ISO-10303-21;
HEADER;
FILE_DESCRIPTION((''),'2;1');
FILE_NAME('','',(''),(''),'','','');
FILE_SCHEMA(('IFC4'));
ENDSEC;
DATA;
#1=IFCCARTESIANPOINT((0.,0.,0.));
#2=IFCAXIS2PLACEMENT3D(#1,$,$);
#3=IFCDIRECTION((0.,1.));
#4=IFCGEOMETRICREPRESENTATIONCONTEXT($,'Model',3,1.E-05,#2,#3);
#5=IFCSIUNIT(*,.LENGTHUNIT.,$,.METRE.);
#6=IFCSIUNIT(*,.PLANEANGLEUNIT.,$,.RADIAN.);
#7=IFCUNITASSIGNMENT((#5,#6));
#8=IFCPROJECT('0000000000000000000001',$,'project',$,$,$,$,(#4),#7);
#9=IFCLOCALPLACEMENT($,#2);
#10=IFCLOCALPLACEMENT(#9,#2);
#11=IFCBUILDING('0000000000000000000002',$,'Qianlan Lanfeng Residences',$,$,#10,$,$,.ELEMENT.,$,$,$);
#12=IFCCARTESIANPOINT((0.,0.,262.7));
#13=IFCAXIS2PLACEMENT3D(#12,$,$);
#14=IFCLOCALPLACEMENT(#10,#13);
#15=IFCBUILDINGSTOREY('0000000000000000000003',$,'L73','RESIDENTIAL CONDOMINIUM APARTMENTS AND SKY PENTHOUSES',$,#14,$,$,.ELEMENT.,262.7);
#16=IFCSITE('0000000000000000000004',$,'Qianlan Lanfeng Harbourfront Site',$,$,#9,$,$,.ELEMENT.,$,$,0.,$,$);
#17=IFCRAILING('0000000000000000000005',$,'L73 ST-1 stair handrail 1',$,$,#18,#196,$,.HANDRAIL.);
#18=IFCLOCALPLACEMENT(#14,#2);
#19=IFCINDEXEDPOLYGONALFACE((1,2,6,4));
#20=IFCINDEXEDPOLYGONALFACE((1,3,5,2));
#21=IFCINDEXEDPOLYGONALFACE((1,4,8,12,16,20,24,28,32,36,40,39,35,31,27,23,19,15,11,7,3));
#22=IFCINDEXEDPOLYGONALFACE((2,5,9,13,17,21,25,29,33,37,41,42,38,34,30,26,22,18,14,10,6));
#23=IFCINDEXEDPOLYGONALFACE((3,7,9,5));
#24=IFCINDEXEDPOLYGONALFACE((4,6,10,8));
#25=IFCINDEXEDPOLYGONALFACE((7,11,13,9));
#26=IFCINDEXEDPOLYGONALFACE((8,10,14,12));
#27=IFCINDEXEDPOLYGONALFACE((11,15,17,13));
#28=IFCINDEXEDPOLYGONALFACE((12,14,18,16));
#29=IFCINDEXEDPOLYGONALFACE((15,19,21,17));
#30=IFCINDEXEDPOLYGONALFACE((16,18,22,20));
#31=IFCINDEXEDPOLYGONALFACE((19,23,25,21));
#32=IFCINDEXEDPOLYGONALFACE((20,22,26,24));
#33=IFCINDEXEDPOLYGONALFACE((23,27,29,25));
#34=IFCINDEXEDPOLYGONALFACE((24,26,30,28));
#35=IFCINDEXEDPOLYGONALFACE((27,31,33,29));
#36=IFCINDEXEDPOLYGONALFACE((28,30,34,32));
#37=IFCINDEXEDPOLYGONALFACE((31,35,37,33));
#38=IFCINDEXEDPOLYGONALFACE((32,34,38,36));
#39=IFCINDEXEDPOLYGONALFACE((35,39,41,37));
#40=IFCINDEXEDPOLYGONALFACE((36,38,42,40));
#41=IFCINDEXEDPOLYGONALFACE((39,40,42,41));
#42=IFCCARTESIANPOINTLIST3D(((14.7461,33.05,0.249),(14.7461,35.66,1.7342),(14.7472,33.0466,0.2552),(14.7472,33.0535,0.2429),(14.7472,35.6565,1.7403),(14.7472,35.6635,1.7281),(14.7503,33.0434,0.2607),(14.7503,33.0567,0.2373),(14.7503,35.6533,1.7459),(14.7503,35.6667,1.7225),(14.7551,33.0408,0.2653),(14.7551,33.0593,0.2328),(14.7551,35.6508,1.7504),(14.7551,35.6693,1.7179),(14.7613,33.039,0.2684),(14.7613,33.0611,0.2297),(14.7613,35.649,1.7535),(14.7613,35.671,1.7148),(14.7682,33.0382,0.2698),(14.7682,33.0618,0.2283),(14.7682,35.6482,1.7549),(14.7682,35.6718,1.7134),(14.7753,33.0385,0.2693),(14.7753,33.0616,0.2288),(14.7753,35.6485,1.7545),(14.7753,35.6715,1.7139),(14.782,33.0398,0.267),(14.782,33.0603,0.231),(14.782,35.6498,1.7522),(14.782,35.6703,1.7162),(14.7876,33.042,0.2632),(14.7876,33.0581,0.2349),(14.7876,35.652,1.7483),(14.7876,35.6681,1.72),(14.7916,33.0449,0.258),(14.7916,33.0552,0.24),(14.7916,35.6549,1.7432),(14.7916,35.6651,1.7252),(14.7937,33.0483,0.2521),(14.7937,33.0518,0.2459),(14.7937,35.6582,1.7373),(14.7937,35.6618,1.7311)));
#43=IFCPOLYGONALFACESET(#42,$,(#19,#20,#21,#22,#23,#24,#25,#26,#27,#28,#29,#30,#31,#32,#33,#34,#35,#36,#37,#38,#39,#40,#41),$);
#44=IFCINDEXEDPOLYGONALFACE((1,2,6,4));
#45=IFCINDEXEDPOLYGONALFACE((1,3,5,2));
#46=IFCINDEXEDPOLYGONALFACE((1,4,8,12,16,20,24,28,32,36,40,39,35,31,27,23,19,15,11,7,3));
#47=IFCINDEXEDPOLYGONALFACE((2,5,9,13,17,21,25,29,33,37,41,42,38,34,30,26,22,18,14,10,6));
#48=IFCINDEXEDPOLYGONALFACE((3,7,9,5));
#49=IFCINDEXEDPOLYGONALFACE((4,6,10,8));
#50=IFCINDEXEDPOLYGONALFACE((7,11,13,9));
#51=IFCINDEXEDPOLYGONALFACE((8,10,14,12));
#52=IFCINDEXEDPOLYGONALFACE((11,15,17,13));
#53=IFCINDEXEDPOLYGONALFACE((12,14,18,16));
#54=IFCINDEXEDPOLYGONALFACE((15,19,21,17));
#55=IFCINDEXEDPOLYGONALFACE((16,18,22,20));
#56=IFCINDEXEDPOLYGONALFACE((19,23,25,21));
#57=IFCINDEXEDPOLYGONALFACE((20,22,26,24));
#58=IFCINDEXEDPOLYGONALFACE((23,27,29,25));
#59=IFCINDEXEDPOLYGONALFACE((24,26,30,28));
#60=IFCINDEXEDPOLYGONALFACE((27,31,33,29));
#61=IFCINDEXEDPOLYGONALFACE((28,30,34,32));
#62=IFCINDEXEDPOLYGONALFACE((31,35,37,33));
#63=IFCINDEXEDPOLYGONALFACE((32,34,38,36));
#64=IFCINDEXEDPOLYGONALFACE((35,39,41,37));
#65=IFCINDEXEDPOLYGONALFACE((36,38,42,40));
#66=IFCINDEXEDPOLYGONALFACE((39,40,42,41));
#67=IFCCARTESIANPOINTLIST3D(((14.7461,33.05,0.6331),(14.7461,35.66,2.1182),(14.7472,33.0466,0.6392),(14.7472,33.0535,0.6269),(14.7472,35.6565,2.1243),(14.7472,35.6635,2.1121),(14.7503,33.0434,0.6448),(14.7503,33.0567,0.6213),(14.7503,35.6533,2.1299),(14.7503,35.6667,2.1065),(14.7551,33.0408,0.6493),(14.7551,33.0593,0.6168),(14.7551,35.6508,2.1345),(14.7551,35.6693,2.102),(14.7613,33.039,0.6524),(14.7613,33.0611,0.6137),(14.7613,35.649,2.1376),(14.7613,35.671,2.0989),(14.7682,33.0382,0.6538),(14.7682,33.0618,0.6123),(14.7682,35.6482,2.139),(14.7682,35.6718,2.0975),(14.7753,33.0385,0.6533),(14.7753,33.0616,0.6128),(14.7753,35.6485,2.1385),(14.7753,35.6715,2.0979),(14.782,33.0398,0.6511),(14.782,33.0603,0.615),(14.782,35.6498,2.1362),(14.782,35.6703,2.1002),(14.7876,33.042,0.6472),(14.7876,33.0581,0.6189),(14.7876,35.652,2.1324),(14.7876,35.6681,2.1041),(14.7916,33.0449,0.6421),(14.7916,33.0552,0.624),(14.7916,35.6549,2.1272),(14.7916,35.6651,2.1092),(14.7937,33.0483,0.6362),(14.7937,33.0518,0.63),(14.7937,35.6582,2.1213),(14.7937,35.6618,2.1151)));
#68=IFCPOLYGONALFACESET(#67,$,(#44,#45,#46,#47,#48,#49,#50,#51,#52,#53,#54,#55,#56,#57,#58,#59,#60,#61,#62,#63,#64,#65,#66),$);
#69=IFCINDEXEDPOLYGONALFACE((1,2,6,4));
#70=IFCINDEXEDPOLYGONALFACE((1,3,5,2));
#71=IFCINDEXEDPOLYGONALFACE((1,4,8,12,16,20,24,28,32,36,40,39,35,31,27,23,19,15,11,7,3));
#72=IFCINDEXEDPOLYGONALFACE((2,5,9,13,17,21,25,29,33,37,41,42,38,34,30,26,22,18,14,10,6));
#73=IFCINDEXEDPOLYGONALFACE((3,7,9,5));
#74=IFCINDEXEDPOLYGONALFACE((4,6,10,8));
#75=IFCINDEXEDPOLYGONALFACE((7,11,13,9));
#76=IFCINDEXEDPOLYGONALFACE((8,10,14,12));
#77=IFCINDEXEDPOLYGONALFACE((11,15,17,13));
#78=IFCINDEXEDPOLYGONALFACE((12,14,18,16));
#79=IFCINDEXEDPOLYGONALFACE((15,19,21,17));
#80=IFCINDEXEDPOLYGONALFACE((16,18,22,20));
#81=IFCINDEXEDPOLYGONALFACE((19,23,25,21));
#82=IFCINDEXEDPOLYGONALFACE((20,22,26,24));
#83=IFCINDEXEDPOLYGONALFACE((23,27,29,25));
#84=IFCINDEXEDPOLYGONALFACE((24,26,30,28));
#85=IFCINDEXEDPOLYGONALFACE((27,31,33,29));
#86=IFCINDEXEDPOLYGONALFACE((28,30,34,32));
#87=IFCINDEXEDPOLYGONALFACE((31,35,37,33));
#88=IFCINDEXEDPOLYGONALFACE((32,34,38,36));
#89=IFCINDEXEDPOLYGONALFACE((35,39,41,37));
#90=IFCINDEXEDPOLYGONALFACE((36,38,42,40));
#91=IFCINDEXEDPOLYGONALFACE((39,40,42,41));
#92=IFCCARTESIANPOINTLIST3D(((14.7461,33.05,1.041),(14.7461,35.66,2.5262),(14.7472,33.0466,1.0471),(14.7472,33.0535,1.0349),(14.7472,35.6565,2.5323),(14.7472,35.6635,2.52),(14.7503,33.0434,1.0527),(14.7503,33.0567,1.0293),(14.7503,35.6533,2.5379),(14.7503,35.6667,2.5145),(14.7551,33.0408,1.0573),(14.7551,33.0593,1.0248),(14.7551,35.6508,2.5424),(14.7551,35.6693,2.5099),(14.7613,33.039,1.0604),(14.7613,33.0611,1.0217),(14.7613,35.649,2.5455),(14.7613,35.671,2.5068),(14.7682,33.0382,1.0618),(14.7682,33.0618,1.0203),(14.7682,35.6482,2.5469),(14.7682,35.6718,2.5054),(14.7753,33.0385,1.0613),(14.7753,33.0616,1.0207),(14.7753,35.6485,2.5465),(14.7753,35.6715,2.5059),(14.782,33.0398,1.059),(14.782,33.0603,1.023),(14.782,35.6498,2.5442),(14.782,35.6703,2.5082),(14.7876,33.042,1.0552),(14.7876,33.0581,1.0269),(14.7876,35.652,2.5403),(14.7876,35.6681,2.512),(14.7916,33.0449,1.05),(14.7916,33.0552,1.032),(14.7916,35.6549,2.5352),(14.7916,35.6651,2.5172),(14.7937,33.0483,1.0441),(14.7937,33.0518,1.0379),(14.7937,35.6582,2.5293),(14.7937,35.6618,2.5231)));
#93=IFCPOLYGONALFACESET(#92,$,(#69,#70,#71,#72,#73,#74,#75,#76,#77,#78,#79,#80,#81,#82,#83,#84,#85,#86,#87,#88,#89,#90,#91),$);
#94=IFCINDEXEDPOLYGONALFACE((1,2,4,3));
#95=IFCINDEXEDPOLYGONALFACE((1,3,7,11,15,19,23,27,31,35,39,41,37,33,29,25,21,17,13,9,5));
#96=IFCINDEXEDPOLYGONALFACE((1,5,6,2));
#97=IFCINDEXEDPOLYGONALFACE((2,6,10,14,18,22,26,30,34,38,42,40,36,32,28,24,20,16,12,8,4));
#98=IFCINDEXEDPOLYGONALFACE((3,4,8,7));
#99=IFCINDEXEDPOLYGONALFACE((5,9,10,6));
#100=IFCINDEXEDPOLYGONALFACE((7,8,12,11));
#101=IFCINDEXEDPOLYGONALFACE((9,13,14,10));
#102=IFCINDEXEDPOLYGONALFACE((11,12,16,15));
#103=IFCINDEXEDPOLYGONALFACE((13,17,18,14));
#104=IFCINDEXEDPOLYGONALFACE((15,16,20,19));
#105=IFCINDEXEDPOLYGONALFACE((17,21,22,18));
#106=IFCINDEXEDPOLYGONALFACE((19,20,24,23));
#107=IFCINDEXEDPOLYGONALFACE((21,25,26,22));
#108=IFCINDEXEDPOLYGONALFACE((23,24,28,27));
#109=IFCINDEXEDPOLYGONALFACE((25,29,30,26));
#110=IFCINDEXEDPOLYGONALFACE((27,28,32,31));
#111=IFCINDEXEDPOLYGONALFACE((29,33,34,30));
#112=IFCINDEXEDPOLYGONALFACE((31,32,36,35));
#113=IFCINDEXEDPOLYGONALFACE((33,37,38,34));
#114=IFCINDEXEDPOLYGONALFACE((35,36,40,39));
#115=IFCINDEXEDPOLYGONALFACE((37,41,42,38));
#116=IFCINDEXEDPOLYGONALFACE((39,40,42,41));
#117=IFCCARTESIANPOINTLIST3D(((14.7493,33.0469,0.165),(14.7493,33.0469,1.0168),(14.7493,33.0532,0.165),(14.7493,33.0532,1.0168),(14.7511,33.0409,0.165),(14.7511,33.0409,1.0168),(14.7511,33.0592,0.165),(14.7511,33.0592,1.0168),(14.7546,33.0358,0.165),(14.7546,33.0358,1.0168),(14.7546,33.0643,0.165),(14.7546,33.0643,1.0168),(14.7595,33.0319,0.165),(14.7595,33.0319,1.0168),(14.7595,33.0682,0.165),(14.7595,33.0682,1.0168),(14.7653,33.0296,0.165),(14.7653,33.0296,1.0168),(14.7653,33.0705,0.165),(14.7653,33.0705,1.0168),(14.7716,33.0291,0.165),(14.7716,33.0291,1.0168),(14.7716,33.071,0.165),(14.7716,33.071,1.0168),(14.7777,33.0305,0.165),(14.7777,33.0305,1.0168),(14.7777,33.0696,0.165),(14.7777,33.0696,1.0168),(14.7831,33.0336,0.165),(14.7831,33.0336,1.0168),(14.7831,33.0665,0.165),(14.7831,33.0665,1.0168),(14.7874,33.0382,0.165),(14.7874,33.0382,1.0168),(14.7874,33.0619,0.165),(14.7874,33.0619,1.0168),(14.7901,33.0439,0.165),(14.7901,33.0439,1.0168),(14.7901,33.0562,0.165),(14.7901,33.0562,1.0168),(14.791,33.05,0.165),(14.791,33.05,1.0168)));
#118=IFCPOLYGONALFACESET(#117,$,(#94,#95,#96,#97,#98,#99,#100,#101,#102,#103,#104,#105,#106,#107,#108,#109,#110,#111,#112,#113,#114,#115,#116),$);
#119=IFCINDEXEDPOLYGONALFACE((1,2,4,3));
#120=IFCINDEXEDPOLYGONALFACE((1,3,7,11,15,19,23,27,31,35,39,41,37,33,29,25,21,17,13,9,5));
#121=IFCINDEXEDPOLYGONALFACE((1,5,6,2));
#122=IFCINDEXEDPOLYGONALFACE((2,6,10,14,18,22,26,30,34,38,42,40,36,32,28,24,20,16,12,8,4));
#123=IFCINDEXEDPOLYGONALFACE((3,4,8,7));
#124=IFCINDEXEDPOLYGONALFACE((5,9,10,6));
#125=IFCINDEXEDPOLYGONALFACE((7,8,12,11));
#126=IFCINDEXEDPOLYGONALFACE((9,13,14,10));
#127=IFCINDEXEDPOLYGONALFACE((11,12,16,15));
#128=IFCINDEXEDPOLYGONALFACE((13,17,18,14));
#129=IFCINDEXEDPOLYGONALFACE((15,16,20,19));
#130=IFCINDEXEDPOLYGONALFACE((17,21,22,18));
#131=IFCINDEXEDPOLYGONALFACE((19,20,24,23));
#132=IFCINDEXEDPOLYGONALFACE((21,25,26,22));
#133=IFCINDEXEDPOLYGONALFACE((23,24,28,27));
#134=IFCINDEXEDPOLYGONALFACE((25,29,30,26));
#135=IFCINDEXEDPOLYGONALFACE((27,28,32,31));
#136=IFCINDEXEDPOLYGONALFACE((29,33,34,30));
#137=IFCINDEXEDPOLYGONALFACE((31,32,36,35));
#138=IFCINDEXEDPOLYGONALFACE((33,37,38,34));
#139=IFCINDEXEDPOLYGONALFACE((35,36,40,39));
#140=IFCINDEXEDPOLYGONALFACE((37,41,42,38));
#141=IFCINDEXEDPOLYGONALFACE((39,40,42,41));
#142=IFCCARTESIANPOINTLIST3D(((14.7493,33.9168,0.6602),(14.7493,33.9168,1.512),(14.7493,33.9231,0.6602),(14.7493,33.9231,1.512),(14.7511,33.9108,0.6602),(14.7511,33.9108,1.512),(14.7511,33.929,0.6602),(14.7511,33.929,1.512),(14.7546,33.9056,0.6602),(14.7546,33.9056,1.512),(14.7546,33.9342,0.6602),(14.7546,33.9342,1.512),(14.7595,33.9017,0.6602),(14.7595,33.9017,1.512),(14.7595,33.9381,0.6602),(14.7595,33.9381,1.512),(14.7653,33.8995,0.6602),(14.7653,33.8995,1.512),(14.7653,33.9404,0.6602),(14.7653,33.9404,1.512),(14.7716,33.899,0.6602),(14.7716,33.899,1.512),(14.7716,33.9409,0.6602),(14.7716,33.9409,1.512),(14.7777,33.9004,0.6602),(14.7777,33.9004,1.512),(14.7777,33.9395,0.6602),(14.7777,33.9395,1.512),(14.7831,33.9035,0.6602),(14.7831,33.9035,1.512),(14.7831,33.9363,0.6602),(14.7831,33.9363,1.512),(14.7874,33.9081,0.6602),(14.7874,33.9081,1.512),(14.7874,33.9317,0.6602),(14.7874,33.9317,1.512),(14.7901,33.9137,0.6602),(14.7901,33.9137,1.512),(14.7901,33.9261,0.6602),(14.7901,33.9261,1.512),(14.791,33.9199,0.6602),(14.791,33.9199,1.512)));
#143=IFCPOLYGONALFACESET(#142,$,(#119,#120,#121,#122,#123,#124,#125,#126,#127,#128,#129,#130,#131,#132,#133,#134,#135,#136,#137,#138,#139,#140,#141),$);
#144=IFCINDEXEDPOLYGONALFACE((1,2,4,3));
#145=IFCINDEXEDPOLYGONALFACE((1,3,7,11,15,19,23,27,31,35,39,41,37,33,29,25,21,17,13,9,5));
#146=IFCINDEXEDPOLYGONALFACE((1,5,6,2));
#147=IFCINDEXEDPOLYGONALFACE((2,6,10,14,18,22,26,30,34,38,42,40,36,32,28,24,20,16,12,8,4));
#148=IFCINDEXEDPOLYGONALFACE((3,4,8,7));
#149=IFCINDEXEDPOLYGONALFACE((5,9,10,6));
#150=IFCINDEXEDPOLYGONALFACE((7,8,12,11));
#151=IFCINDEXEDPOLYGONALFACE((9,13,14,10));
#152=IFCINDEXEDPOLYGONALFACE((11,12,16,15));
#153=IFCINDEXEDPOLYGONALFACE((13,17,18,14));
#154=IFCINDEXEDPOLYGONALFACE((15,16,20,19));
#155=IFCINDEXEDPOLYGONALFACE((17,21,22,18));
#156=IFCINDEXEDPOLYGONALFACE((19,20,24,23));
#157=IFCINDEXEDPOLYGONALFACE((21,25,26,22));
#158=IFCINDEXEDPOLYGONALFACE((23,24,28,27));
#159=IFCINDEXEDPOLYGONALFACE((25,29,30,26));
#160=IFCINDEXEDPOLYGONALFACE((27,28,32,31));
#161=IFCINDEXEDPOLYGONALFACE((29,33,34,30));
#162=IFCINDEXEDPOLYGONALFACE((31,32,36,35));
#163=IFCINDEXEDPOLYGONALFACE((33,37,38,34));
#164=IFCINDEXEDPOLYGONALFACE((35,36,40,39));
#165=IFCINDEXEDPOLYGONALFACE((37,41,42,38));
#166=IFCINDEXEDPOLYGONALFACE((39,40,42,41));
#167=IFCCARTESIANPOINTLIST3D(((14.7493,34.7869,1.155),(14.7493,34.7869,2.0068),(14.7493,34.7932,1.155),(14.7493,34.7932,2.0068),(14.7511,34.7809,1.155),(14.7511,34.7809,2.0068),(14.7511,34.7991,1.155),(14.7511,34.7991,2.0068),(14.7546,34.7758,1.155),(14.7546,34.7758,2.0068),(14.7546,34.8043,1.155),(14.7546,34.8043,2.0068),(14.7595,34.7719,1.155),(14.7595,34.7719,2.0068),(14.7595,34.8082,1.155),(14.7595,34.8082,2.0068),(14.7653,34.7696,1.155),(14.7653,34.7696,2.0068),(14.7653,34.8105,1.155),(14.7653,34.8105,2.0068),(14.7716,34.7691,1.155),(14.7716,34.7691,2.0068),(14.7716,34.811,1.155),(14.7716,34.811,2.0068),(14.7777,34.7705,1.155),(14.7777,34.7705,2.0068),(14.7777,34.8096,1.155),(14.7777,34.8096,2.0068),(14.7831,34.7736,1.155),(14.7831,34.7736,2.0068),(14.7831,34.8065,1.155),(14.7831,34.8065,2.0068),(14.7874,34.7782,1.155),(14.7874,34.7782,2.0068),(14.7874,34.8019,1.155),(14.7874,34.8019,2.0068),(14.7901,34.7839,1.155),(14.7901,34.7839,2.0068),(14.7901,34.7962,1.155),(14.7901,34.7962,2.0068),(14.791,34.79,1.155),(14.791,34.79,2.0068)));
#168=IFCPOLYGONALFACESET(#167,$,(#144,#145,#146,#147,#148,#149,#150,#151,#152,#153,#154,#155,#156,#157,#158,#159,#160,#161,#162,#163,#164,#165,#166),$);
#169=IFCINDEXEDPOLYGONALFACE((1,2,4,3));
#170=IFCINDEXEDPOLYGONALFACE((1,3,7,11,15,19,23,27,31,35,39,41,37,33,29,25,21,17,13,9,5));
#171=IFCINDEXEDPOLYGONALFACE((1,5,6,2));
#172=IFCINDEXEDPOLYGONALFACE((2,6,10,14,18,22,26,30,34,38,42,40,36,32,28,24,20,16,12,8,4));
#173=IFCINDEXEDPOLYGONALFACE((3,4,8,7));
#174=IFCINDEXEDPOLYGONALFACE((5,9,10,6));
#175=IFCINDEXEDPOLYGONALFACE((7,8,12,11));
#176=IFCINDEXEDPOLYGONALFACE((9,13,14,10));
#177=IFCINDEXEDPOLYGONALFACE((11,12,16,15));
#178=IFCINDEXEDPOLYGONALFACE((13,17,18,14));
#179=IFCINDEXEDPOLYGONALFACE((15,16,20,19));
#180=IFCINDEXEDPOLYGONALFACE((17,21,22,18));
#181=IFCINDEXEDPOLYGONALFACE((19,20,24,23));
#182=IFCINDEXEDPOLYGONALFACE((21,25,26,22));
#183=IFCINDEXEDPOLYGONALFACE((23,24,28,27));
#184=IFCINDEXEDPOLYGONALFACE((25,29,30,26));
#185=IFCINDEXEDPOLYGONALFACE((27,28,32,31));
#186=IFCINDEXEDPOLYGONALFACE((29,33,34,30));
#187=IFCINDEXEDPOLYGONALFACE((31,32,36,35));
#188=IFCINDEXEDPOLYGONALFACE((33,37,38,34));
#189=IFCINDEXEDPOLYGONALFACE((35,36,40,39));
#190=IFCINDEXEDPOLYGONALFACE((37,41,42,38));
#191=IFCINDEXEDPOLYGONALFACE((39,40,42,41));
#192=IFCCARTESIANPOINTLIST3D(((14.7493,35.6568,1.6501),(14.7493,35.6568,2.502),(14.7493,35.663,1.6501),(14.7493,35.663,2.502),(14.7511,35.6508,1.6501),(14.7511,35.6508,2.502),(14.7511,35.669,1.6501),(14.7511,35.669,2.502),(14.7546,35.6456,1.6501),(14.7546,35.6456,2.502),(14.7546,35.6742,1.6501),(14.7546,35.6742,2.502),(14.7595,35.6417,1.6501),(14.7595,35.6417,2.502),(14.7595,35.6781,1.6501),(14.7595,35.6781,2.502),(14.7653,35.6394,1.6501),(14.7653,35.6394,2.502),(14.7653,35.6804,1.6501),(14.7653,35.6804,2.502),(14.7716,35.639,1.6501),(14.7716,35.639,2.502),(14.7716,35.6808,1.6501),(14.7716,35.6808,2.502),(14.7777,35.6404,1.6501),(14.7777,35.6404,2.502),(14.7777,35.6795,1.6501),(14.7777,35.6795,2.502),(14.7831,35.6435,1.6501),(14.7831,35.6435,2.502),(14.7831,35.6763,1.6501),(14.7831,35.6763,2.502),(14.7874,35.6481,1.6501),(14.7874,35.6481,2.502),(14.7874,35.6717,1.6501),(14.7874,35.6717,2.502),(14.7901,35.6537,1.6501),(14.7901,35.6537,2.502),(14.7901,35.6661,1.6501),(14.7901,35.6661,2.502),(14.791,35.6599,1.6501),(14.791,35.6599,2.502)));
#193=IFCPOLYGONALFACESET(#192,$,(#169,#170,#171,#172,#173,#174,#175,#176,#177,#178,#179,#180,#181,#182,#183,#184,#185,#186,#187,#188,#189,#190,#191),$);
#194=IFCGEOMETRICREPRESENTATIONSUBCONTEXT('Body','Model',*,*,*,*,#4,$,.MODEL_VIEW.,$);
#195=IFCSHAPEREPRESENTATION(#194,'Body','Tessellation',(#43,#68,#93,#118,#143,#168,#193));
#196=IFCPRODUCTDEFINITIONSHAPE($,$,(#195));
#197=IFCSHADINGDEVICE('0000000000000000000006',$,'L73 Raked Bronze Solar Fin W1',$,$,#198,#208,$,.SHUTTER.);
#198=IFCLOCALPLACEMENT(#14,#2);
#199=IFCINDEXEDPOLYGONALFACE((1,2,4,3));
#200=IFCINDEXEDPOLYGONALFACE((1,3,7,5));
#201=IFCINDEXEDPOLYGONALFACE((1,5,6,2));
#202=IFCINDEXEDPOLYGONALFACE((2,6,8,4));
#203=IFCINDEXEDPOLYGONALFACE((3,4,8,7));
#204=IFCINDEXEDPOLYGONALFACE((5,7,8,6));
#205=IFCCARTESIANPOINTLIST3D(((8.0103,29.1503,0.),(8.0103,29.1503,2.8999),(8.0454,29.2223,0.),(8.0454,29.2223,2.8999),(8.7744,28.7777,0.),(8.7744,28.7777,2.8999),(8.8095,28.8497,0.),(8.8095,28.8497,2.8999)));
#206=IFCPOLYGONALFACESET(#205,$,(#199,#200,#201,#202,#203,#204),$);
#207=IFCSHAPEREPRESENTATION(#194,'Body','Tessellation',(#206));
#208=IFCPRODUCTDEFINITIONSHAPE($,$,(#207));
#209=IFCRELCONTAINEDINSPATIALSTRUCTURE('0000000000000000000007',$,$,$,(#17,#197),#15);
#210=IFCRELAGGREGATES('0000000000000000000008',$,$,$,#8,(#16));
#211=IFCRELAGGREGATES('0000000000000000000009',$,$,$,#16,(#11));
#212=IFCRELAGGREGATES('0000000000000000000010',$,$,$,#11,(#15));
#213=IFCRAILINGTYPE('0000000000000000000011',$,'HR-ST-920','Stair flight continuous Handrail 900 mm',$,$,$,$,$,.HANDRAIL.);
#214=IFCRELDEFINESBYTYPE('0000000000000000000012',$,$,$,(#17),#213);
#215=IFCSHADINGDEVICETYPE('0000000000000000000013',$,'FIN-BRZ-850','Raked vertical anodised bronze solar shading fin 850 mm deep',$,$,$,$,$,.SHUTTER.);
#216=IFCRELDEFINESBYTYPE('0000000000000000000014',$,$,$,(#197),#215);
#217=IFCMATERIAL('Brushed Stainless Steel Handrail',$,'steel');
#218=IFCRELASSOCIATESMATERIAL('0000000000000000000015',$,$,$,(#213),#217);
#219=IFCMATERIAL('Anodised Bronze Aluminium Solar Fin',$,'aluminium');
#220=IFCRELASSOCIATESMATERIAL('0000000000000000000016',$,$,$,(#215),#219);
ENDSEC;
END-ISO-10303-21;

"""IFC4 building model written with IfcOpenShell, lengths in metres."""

from ifc_helpers import new_model, si_unit, direction, frame, origin, origin_2d, place, context, subcontext, project, spatial, rectangle, circle, extrude, source, transform, mapped, material, type_object, element, save


model = new_model("IFC4")

# Units and contexts
model_context = context("Model", 3, precision=1e-05, world=origin(), true_north=direction((0.0, 1.0)))
body_context = subcontext(model_context, "Body", "Model", "MODEL_VIEW")
ifc_project = project(units=[si_unit("LENGTHUNIT", "METRE"), si_unit("PLANEANGLEUNIT", "RADIAN")], contexts=[model_context])

# Site, building, storey
site_placement = place(None, origin())
site = spatial("IfcSite", under=ifc_project, at=site_placement, Name="Qianlan Lanfeng Harbourfront Site", CompositionType="ELEMENT", RefElevation=0.0)
building_placement = place(site_placement, origin())
building = spatial("IfcBuilding", under=site, at=building_placement, Name="Qianlan Lanfeng Residences", CompositionType="ELEMENT")
storey_placement = place(building_placement, frame((0.0, 0.0, 262.7)))
storey = spatial("IfcBuildingStorey", under=building, at=storey_placement, Name="L73", Description="RESIDENTIAL CONDOMINIUM APARTMENTS AND SKY PENTHOUSES", CompositionType="ELEMENT", Elevation=262.7)

# Railing
ifc_material_1 = material(Name="Brushed Stainless Steel Handrail", Category="steel")
railing_type_1 = type_object("IfcRailingType", Name="HR-ST-920", Description="Stair flight continuous Handrail 900 mm", PredefinedType="HANDRAIL", material=ifc_material_1)
railing_1_placement = place(storey_placement, frame((14.77, 33.05, 0.165)))
element("IfcRailing", 1, at=railing_1_placement, inside=storey, type_object=railing_type_1, Name="L73 ST-1 stair handrail 1", PredefinedType="HANDRAIL", context=body_context, shape_type="SweptSolid", body=[
    extrude(circle(Radius=0.0239, at=origin_2d()), frame((0.0, 0.0, 0.084), z_axis=(0.0, 0.869137, 0.494571), x_axis=(-1.0, 0.0, 0.0)), (0.0, 0.0, 1.0), 3.0029),
    extrude(circle(Radius=0.0239, at=origin_2d()), frame((0.0, 0.0, 0.468), z_axis=(0.0, 0.869137, 0.494571), x_axis=(-1.0, 0.0, 0.0)), (0.0, 0.0, 1.0), 3.0029),
    extrude(circle(Radius=0.0239, at=origin_2d()), frame((0.0, 0.0, 0.876), z_axis=(0.0, 0.869137, 0.494571), x_axis=(-1.0, 0.0, 0.0)), (0.0, 0.0, 1.0), 3.0029),
    extrude(circle(Radius=0.021, at=origin_2d()), origin(), (0.0, 0.0, 1.0), 0.8518),
    extrude(circle(Radius=0.021, at=origin_2d()), frame((0.0, 0.8699, 0.4951)), (0.0, 0.0, 1.0), 0.8518),
    extrude(circle(Radius=0.021, at=origin_2d()), frame((0.0, 1.74, 0.99)), (0.0, 0.0, 1.0), 0.8518),
    extrude(circle(Radius=0.021, at=origin_2d()), frame((0.0, 2.6099, 1.4851)), (0.0, 0.0, 1.0), 0.8518),
])

# Shading device
ifc_material_2 = material(Name="Anodised Bronze Aluminium Solar Fin", Category="aluminium")
shading_device_type = type_object("IfcShadingDeviceType", Name="FIN-BRZ-850", Description="Raked vertical anodised bronze solar shading fin 850 mm deep", PredefinedType="SHUTTER", material=ifc_material_2)
shared_shape_1 = source(origin(), body_context, "Body", "SweptSolid", [
    extrude(rectangle(XDim=0.8501, YDim=0.0801, at=origin_2d()), origin(), (0.0, 0.0, 1.0), 2.8999),
])
for number, where, z_axis, x_axis, name in (
    (2, (8.4099, 29.0, 0.0), (0.0, 0.0, 1.0), (0.898794, -0.438371, 0.0), "L73 Raked Bronze Solar Fin W1"),
):
    element("IfcShadingDevice", number, at=place(storey_placement, frame(where, z_axis=z_axis, x_axis=x_axis)), inside=storey, type_object=shading_device_type, Name=name, PredefinedType="SHUTTER", context=body_context, shape_type="MappedRepresentation", body=[
        mapped(shared_shape_1, transform((0.0, 0.0, 0.0), scale=1.0)),
    ])

save(model, "model.ifc")
